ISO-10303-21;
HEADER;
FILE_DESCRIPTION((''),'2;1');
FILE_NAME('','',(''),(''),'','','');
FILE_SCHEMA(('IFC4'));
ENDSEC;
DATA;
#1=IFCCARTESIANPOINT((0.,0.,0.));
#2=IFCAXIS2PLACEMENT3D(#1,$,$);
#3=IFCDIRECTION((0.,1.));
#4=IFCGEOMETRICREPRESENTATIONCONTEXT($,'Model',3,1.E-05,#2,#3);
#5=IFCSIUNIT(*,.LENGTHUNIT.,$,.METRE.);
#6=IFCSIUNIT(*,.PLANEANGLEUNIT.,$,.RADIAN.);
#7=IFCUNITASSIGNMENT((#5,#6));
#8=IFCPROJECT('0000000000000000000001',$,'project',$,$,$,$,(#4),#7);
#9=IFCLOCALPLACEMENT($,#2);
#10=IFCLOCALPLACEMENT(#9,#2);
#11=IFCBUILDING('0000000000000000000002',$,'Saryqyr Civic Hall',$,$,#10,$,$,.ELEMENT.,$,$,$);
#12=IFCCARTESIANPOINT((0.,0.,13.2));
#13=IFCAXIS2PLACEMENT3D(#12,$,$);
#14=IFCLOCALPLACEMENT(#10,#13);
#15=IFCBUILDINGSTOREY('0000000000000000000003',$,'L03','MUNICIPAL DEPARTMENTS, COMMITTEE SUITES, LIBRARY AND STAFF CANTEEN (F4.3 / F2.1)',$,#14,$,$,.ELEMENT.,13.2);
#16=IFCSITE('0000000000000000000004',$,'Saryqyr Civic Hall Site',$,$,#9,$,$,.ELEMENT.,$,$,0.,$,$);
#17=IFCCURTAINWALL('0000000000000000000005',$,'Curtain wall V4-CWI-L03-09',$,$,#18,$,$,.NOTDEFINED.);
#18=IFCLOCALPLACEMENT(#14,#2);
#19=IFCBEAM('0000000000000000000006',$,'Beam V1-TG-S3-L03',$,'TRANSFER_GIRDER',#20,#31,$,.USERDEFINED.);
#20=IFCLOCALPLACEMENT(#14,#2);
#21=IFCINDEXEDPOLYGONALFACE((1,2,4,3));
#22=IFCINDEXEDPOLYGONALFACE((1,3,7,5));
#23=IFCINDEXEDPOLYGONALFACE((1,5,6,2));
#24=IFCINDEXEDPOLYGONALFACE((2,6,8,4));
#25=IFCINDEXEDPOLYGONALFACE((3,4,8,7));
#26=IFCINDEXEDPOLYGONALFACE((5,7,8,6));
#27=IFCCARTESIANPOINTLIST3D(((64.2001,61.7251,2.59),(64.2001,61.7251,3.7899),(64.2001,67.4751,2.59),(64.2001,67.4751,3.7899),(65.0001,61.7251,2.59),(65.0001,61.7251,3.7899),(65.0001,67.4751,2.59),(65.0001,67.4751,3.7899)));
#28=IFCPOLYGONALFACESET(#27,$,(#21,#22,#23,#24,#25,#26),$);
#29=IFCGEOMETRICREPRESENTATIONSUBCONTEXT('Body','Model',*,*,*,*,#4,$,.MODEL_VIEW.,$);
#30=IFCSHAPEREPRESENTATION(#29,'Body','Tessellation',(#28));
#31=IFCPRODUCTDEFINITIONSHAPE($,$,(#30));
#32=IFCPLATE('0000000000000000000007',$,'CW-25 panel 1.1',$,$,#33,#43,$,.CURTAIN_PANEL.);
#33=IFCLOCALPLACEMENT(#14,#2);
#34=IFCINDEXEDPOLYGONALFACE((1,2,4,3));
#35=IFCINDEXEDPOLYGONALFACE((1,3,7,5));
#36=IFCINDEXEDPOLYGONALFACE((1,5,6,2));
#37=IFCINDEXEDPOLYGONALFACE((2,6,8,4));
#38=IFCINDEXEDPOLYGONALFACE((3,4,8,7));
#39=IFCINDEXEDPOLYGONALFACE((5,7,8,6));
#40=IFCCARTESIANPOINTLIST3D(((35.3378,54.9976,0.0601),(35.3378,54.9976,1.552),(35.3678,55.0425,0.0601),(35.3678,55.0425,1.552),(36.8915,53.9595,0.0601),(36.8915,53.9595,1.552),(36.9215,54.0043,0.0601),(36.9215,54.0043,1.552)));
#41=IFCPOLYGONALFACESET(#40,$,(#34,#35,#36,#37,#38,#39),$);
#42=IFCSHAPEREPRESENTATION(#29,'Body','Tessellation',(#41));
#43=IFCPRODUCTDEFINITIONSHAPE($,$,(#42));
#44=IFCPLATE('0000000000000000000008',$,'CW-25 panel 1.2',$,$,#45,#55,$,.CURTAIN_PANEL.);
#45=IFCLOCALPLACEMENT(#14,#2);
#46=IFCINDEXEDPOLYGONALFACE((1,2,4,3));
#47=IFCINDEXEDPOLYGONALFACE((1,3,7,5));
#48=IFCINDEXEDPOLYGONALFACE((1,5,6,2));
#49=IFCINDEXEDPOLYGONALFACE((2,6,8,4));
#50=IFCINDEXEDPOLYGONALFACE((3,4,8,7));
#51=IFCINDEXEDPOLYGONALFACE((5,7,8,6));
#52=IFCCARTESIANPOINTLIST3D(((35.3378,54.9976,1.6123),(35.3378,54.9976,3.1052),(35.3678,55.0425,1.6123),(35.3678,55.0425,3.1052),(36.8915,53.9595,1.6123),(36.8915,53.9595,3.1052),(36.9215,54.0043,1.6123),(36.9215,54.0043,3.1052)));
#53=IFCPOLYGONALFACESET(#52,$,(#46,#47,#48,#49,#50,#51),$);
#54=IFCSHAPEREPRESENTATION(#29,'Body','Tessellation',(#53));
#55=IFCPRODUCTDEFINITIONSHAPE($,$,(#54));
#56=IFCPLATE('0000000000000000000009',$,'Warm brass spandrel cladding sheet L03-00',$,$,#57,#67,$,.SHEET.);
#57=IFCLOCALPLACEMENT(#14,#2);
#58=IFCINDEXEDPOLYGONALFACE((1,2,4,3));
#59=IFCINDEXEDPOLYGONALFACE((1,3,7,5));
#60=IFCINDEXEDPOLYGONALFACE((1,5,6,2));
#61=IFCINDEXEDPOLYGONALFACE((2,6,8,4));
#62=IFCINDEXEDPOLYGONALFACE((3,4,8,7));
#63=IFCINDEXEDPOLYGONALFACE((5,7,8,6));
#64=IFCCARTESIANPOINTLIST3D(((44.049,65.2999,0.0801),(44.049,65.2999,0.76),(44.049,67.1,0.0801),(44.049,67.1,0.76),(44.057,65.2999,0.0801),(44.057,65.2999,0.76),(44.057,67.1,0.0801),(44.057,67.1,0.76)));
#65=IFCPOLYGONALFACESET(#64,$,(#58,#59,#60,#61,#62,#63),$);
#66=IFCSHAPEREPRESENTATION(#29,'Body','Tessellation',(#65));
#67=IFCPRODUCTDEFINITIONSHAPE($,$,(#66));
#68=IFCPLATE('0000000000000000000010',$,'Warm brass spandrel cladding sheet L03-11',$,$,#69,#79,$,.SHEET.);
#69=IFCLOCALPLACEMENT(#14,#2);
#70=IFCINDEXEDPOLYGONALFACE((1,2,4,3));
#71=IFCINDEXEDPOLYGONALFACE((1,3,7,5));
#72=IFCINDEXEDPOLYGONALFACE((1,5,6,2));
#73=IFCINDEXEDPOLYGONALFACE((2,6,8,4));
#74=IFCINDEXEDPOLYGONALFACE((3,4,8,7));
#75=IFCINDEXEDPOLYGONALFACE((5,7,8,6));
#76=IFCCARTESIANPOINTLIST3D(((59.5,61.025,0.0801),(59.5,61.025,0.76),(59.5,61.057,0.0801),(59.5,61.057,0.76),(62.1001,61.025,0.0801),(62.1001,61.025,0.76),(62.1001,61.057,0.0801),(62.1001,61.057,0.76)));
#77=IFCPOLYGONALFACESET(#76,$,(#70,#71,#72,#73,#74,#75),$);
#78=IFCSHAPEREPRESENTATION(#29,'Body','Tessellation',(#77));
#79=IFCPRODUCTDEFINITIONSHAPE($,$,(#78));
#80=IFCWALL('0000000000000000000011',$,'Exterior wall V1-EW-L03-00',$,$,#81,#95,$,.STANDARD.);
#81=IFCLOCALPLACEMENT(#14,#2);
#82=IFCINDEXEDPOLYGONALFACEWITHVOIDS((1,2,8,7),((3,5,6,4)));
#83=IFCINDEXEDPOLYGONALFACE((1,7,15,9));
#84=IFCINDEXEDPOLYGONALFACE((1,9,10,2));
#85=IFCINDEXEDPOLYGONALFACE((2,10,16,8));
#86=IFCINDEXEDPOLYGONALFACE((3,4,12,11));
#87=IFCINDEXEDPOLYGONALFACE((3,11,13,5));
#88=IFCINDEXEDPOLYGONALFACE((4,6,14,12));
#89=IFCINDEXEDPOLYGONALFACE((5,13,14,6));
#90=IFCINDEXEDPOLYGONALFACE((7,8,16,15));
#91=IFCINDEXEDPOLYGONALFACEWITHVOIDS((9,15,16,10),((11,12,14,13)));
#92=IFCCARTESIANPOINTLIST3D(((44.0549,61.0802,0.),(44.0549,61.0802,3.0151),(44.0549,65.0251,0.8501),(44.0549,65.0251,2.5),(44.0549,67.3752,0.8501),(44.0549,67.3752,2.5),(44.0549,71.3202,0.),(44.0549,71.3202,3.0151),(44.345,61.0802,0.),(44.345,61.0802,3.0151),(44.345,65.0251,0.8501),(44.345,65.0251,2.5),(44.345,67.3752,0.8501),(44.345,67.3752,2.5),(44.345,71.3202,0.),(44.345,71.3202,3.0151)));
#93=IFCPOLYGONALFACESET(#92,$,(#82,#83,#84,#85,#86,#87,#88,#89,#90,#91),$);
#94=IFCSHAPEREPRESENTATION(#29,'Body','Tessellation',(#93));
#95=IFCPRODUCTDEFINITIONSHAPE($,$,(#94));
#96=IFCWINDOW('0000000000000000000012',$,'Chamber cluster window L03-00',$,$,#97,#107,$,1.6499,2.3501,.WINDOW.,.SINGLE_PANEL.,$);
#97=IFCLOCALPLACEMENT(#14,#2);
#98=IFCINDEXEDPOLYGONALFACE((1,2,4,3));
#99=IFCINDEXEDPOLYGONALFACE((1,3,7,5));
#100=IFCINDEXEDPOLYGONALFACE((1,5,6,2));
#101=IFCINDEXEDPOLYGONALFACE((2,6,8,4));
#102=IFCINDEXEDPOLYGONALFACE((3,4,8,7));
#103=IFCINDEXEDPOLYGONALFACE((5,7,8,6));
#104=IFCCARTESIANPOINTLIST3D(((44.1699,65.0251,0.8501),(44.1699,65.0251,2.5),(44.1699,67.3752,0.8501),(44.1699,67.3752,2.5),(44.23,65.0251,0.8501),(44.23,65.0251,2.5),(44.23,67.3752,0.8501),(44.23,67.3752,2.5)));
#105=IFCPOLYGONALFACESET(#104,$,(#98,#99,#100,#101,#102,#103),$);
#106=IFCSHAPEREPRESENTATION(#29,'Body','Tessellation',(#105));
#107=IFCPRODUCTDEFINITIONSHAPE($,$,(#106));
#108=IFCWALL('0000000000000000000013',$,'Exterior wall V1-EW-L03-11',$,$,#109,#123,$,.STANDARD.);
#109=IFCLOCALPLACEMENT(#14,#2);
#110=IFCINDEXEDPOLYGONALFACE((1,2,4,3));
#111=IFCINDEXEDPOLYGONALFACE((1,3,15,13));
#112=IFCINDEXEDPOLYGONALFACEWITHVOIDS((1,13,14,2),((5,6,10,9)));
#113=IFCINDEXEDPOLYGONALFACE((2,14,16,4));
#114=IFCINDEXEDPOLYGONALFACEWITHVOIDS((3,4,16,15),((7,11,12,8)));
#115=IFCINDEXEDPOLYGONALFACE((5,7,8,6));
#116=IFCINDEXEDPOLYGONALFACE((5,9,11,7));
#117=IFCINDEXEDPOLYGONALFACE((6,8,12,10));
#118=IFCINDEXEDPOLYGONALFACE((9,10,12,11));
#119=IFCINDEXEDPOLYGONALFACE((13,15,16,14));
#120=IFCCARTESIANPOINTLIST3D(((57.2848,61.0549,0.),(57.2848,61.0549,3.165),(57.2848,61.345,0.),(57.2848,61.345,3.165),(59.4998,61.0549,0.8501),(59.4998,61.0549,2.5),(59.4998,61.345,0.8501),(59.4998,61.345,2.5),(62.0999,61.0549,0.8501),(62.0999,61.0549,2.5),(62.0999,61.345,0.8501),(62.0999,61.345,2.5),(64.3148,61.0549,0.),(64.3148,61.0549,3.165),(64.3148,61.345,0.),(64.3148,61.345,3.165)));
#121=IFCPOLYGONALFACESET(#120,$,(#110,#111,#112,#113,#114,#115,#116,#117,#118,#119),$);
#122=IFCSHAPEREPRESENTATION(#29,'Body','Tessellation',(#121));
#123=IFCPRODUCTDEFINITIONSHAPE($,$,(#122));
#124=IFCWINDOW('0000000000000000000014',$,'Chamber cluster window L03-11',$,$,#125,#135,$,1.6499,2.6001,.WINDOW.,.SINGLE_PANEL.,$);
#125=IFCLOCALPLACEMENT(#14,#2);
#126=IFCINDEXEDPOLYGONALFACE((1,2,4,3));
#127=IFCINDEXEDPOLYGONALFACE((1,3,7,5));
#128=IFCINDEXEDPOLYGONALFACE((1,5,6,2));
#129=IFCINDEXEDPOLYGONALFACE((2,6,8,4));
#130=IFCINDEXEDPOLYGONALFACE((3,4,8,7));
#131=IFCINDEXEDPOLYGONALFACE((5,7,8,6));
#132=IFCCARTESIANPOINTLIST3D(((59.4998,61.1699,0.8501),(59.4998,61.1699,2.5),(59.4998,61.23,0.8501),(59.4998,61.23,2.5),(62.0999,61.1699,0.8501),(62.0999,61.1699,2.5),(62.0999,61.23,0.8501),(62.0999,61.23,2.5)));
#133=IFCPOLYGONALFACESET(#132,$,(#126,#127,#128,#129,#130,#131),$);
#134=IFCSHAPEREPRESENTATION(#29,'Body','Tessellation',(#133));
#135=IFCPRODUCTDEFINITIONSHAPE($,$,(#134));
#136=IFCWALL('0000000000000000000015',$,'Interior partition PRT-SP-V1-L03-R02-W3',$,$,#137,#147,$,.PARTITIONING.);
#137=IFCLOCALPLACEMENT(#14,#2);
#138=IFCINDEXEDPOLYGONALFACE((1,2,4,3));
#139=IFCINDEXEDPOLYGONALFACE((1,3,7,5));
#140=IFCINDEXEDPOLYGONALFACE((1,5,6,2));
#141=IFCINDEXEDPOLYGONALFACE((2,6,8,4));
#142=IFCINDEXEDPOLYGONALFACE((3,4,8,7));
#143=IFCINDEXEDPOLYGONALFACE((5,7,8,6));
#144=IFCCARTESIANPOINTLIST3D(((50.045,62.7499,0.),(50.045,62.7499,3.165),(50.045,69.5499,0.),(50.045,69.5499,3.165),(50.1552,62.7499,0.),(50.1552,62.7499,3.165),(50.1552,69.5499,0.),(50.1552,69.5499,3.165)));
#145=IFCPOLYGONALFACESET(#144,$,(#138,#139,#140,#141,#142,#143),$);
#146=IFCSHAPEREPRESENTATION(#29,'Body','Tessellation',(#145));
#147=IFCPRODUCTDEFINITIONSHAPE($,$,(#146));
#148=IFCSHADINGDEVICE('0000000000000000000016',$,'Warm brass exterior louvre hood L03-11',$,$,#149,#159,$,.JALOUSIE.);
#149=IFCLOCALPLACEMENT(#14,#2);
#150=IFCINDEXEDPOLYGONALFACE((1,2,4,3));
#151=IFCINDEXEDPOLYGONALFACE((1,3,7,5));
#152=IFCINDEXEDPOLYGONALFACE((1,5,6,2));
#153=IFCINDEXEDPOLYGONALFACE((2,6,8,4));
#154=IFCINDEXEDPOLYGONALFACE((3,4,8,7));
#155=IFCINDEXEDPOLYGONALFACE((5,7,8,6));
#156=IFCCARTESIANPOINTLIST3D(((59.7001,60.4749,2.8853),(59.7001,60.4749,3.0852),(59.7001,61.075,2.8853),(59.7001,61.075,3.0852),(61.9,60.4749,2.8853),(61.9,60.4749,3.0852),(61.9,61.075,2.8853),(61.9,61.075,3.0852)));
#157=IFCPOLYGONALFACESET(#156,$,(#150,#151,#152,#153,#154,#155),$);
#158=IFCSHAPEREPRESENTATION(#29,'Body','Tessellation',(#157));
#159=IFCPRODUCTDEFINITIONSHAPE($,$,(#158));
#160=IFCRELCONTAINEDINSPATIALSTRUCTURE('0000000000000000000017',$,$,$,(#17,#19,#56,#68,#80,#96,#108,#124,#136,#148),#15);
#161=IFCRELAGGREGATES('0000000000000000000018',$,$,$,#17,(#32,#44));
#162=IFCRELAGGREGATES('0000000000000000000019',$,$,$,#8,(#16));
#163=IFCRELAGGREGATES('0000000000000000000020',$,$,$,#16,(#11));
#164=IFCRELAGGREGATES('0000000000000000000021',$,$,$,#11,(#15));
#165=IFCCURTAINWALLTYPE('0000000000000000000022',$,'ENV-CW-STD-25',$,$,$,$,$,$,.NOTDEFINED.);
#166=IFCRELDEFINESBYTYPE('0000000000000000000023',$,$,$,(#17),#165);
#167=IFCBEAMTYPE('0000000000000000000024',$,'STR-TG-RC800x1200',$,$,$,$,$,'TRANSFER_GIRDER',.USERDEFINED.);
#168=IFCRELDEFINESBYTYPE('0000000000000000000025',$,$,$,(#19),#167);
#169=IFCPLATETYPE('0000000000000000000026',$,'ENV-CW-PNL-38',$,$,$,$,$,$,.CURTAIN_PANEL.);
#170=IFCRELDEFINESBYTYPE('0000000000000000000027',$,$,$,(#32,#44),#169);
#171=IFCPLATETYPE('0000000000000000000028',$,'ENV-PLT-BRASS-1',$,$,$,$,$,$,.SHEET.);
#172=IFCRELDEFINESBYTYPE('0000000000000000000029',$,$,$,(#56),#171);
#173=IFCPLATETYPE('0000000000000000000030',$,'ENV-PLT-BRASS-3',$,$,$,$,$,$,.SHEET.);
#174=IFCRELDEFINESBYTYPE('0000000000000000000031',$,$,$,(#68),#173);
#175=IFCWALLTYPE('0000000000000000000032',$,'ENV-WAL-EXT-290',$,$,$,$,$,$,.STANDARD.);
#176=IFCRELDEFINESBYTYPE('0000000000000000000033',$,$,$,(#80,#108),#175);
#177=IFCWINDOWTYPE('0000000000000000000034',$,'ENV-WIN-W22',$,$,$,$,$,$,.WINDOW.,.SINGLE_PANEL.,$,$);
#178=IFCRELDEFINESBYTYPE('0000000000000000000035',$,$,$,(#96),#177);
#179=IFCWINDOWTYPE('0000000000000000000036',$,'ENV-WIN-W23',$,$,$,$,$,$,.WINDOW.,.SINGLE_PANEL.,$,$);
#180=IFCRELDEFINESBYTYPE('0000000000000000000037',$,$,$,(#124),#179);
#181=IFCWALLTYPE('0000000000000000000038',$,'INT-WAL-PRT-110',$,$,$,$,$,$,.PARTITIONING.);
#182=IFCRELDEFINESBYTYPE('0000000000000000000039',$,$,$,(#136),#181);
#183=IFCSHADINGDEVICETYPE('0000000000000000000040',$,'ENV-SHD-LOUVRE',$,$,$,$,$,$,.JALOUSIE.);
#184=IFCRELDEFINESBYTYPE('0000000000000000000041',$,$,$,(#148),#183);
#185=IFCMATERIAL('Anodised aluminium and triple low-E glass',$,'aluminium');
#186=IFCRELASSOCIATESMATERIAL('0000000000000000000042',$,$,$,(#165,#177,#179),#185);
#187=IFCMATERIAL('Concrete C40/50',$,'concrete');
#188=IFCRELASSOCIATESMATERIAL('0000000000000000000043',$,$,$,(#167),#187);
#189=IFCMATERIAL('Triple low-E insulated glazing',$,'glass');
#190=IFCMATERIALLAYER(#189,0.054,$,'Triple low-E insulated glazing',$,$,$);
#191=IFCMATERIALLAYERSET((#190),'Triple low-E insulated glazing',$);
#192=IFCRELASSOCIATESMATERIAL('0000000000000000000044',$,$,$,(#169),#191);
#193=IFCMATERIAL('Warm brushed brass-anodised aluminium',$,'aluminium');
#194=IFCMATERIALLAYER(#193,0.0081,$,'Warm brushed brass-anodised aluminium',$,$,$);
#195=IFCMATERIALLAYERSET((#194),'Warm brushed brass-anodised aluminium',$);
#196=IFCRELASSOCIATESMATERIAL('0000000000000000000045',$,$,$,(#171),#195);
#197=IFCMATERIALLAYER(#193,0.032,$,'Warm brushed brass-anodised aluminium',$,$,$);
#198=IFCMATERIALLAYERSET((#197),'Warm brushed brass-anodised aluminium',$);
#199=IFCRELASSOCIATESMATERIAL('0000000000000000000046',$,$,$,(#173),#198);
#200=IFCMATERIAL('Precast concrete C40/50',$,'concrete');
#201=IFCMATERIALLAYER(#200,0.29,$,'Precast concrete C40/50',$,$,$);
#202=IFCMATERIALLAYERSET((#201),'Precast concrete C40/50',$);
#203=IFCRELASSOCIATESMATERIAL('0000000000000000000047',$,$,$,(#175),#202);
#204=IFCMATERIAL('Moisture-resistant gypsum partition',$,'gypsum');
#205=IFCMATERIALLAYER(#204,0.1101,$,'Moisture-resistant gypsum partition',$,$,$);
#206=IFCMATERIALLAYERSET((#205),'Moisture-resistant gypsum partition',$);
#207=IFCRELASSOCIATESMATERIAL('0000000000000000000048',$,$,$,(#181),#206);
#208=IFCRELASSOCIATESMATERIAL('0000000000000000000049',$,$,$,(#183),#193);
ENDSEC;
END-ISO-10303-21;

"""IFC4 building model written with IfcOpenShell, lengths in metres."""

from ifc_helpers import new_model, si_unit, direction, frame, frame_2d, origin, origin_2d, place, context, subcontext, project, spatial, rectangle, extrude, material, layer, layer_set, material_profile, profile_set, type_object, element, fill, aggregate, save


model = new_model("IFC4")

# Units and contexts
model_context = context("Model", 3, precision=1e-05, world=origin(), true_north=direction((0.0, 1.0)))
body_context = subcontext(model_context, "Body", "Model", "MODEL_VIEW")
ifc_project = project(units=[si_unit("LENGTHUNIT", "METRE"), si_unit("PLANEANGLEUNIT", "RADIAN")], contexts=[model_context])

# Site, building, storey
site_placement = place(None, origin())
site = spatial("IfcSite", under=ifc_project, at=site_placement, Name="Saryqyr Civic Hall Site", CompositionType="ELEMENT", RefElevation=0.0)
building_placement = place(site_placement, origin())
building = spatial("IfcBuilding", under=site, at=building_placement, Name="Saryqyr Civic Hall", CompositionType="ELEMENT")
storey_placement = place(building_placement, frame((0.0, 0.0, 13.2)))
storey = spatial("IfcBuildingStorey", under=building, at=storey_placement, Name="L03", Description="MUNICIPAL DEPARTMENTS, COMMITTEE SUITES, LIBRARY AND STAFF CANTEEN (F4.3 / F2.1)", CompositionType="ELEMENT", Elevation=13.2)

# Shared definitions
ifc_material_1 = material(Name="Concrete C40/50", Category="concrete")

# Curtain wall
ifc_material_2 = material(Name="Anodised aluminium and triple low-E glass", Category="aluminium")
curtain_wall_type = type_object("IfcCurtainWallType", Name="ENV-CW-STD-25", PredefinedType="NOTDEFINED", material=ifc_material_2)
curtain_wall_placement = place(storey_placement, origin())
curtain_wall = element("IfcCurtainWall", 1, at=curtain_wall_placement, inside=storey, type_object=curtain_wall_type, Name="Curtain wall V4-CWI-L03-09", PredefinedType="NOTDEFINED")

# Beam
ifc_material_profile_1 = material_profile(ifc_material_1, rectangle(XDim=0.8, YDim=1.2, at=origin_2d()), Name="RC 800x1200")
ifc_profile_set_1 = profile_set([ifc_material_profile_1], Name="Concrete C40/50")
beam_type_1 = type_object("IfcBeamType", Name="STR-TG-RC800x1200", ElementType="TRANSFER_GIRDER", PredefinedType="USERDEFINED", material=ifc_profile_set_1)
for number, where, z_axis, x_axis, name in (
    (2, (64.6001, 61.7251, 3.1899), (0.0, 1.0, 0.0), (-1.0, 0.0, 0.0), "Beam V1-TG-S3-L03"),
):
    element("IfcBeam", number, at=place(storey_placement, frame(where, z_axis=z_axis, x_axis=x_axis)), inside=storey, type_object=beam_type_1, Name=name, ObjectType="TRANSFER_GIRDER", PredefinedType="USERDEFINED", context=body_context, shape_type="SweptSolid", body=[
        extrude(rectangle(XDim=0.8, YDim=1.2, at=origin_2d()), origin(), (0.0, 0.0, 1.0), 5.75),
    ])

# Plates
ifc_material_3 = material(Name="Triple low-E insulated glazing", Category="glass")
ifc_layer_1 = layer(ifc_material_3, 0.054, Name="Triple low-E insulated glazing")
ifc_layer_set_1 = layer_set([ifc_layer_1], Name="Triple low-E insulated glazing")
plate_type_1 = type_object("IfcPlateType", Name="ENV-CW-PNL-38", PredefinedType="CURTAIN_PANEL", material=ifc_layer_set_1)
plate_1_placement = place(storey_placement, frame((36.1296, 54.501, 0.0601), z_axis=(0.0, 0.0, 1.0), x_axis=(0.83148, -0.555554, 0.0)))
plate_1 = element("IfcPlate", 3, at=plate_1_placement, type_object=plate_type_1, Name="CW-25 panel 1.1", PredefinedType="CURTAIN_PANEL", context=body_context, shape_type="SweptSolid", body=[
    extrude(rectangle(XDim=1.8687, YDim=0.054, at=origin_2d()), origin(), (0.0, 0.0, 1.0), 1.4919),
])
plate_2_placement = place(storey_placement, frame((36.1296, 54.501, 1.6123), z_axis=(0.0, 0.0, 1.0), x_axis=(0.83148, -0.555554, 0.0)))
plate_2 = element("IfcPlate", 4, at=plate_2_placement, type_object=plate_type_1, Name="CW-25 panel 1.2", PredefinedType="CURTAIN_PANEL", context=body_context, shape_type="SweptSolid", body=[
    extrude(rectangle(XDim=1.8687, YDim=0.054, at=origin_2d()), origin(), (0.0, 0.0, 1.0), 1.4929),
])
aggregate(curtain_wall, [plate_1, plate_2])

# Plates
ifc_material_4 = material(Name="Warm brushed brass-anodised aluminium", Category="aluminium")
ifc_layer_2 = layer(ifc_material_4, 0.0081, Name="Warm brushed brass-anodised aluminium")
ifc_layer_set_2 = layer_set([ifc_layer_2], Name="Warm brushed brass-anodised aluminium")
plate_type_2 = type_object("IfcPlateType", Name="ENV-PLT-BRASS-1", PredefinedType="SHEET", material=ifc_layer_set_2)
plate_3_placement = place(storey_placement, frame((44.053, 66.2, 0.0801), z_axis=(0.0, 0.0, 1.0), x_axis=(0.0, 1.0, 0.0)))
element("IfcPlate", 5, at=plate_3_placement, inside=storey, type_object=plate_type_2, Name="Warm brass spandrel cladding sheet L03-00", PredefinedType="SHEET", context=body_context, shape_type="SweptSolid", body=[
    extrude(rectangle(XDim=1.8, YDim=0.0081, at=origin_2d()), origin(), (0.0, 0.0, 1.0), 0.6799),
])
ifc_layer_3 = layer(ifc_material_4, 0.032, Name="Warm brushed brass-anodised aluminium")
ifc_layer_set_3 = layer_set([ifc_layer_3], Name="Warm brushed brass-anodised aluminium")
plate_type_3 = type_object("IfcPlateType", Name="ENV-PLT-BRASS-3", PredefinedType="SHEET", material=ifc_layer_set_3)
plate_4_placement = place(storey_placement, frame((60.8, 61.041, 0.0801), z_axis=(0.0, 0.0, 1.0), x_axis=(-1.0, 0.0, 0.0)))
element("IfcPlate", 6, at=plate_4_placement, inside=storey, type_object=plate_type_3, Name="Warm brass spandrel cladding sheet L03-11", PredefinedType="SHEET", context=body_context, shape_type="SweptSolid", body=[
    extrude(rectangle(XDim=2.6001, YDim=0.032, at=origin_2d()), origin(), (0.0, 0.0, 1.0), 0.6799),
])

# Walls, openings, windows
ifc_material_5 = material(Name="Precast concrete C40/50", Category="concrete")
ifc_layer_4 = layer(ifc_material_5, 0.29, Name="Precast concrete C40/50")
ifc_layer_set_4 = layer_set([ifc_layer_4], Name="Precast concrete C40/50")
wall_type_1 = type_object("IfcWallType", Name="ENV-WAL-EXT-290", PredefinedType="STANDARD", material=ifc_layer_set_4)
wall_1_placement = place(storey_placement, frame((44.2, 61.0801, 0.0), z_axis=(0.0, 0.0, 1.0), x_axis=(0.0, 1.0, 0.0)))
wall_1 = element("IfcWall", 7, at=wall_1_placement, inside=storey, type_object=wall_type_1, Name="Exterior wall V1-EW-L03-00", PredefinedType="STANDARD", context=body_context, shape_type="SweptSolid", body=[
    extrude(rectangle(XDim=10.24, YDim=0.29, at=frame_2d((5.1201, 0.0))), origin(), (0.0, 0.0, 1.0), 3.0151),
])
opening_1_placement = place(wall_1_placement, frame((3.9451, 0.0, 0.8501)))
opening_1 = element("IfcOpeningElement", 8, at=opening_1_placement, cuts=wall_1, PredefinedType="OPENING", context=body_context, shape_type="SweptSolid", body=[
    extrude(rectangle(XDim=2.3501, YDim=1.6499, at=frame_2d((1.175, 0.825))), frame((0.0, 0.155, 0.0), z_axis=(0.0, -1.0, 0.0), x_axis=(1.0, 0.0, 0.0)), (0.0, 0.0, 1.0), 0.3101),
])
window_type_1 = type_object("IfcWindowType", Name="ENV-WIN-W22", PartitioningType="SINGLE_PANEL", PredefinedType="WINDOW", material=ifc_material_2)
window_1_placement = place(opening_1_placement, origin())
window_1 = element("IfcWindow", 9, at=window_1_placement, inside=storey, type_object=window_type_1, Name="Chamber cluster window L03-00", OverallHeight=1.6499, OverallWidth=2.3501, PartitioningType="SINGLE_PANEL", PredefinedType="WINDOW", context=body_context, shape_type="SweptSolid", body=[
    extrude(rectangle(XDim=2.3501, YDim=1.6499, at=frame_2d((1.175, 0.825))), frame((0.0, 0.03, 0.0), z_axis=(0.0, -1.0, 0.0), x_axis=(1.0, 0.0, 0.0)), (0.0, 0.0, 1.0), 0.0601),
])
fill(opening_1, window_1)
wall_2_placement = place(storey_placement, frame((64.3149, 61.2, 0.0), z_axis=(0.0, 0.0, 1.0), x_axis=(-1.0, 0.0, 0.0)))
wall_2 = element("IfcWall", 10, at=wall_2_placement, inside=storey, type_object=wall_type_1, Name="Exterior wall V1-EW-L03-11", PredefinedType="STANDARD", context=body_context, shape_type="SweptSolid", body=[
    extrude(rectangle(XDim=7.03, YDim=0.29, at=frame_2d((3.5151, 0.0))), origin(), (0.0, 0.0, 1.0), 3.165),
])
opening_2_placement = place(wall_2_placement, frame((2.2151, 0.0, 0.8501)))
opening_2 = element("IfcOpeningElement", 11, at=opening_2_placement, cuts=wall_2, PredefinedType="OPENING", context=body_context, shape_type="SweptSolid", body=[
    extrude(rectangle(XDim=2.6001, YDim=1.6499, at=frame_2d((1.3, 0.825))), frame((0.0, 0.155, 0.0), z_axis=(0.0, -1.0, 0.0), x_axis=(1.0, 0.0, 0.0)), (0.0, 0.0, 1.0), 0.3101),
])
window_type_2 = type_object("IfcWindowType", Name="ENV-WIN-W23", PartitioningType="SINGLE_PANEL", PredefinedType="WINDOW", material=ifc_material_2)
window_2_placement = place(opening_2_placement, origin())
window_2 = element("IfcWindow", 12, at=window_2_placement, inside=storey, type_object=window_type_2, Name="Chamber cluster window L03-11", OverallHeight=1.6499, OverallWidth=2.6001, PartitioningType="SINGLE_PANEL", PredefinedType="WINDOW", context=body_context, shape_type="SweptSolid", body=[
    extrude(rectangle(XDim=2.6001, YDim=1.6499, at=frame_2d((1.3, 0.825))), frame((0.0, 0.03, 0.0), z_axis=(0.0, -1.0, 0.0), x_axis=(1.0, 0.0, 0.0)), (0.0, 0.0, 1.0), 0.0601),
])
fill(opening_2, window_2)

# Wall
ifc_material_6 = material(Name="Moisture-resistant gypsum partition", Category="gypsum")
ifc_layer_5 = layer(ifc_material_6, 0.1101, Name="Moisture-resistant gypsum partition")
ifc_layer_set_5 = layer_set([ifc_layer_5], Name="Moisture-resistant gypsum partition")
wall_type_2 = type_object("IfcWallType", Name="INT-WAL-PRT-110", PredefinedType="PARTITIONING", material=ifc_layer_set_5)
wall_3_placement = place(storey_placement, frame((50.1001, 62.75, 0.0), z_axis=(0.0, 0.0, 1.0), x_axis=(0.0, 1.0, 0.0)))
element("IfcWall", 13, at=wall_3_placement, inside=storey, type_object=wall_type_2, Name="Interior partition PRT-SP-V1-L03-R02-W3", PredefinedType="PARTITIONING", context=body_context, shape_type="SweptSolid", body=[
    extrude(rectangle(XDim=6.8, YDim=0.1101, at=frame_2d((3.3999, 0.0))), origin(), (0.0, 0.0, 1.0), 3.165),
])

# Shading device
shading_device_type = type_object("IfcShadingDeviceType", Name="ENV-SHD-LOUVRE", PredefinedType="JALOUSIE", material=ifc_material_4)
shading_device_placement = place(storey_placement, frame((60.8, 60.7749, 2.8853), z_axis=(0.0, 0.0, 1.0), x_axis=(-1.0, 0.0, 0.0)))
element("IfcShadingDevice", 14, at=shading_device_placement, inside=storey, type_object=shading_device_type, Name="Warm brass exterior louvre hood L03-11", PredefinedType="JALOUSIE", context=body_context, shape_type="SweptSolid", body=[
    extrude(rectangle(XDim=2.2, YDim=0.6001, at=origin_2d()), origin(), (0.0, 0.0, 1.0), 0.2),
])

save(model, "model.ifc")
